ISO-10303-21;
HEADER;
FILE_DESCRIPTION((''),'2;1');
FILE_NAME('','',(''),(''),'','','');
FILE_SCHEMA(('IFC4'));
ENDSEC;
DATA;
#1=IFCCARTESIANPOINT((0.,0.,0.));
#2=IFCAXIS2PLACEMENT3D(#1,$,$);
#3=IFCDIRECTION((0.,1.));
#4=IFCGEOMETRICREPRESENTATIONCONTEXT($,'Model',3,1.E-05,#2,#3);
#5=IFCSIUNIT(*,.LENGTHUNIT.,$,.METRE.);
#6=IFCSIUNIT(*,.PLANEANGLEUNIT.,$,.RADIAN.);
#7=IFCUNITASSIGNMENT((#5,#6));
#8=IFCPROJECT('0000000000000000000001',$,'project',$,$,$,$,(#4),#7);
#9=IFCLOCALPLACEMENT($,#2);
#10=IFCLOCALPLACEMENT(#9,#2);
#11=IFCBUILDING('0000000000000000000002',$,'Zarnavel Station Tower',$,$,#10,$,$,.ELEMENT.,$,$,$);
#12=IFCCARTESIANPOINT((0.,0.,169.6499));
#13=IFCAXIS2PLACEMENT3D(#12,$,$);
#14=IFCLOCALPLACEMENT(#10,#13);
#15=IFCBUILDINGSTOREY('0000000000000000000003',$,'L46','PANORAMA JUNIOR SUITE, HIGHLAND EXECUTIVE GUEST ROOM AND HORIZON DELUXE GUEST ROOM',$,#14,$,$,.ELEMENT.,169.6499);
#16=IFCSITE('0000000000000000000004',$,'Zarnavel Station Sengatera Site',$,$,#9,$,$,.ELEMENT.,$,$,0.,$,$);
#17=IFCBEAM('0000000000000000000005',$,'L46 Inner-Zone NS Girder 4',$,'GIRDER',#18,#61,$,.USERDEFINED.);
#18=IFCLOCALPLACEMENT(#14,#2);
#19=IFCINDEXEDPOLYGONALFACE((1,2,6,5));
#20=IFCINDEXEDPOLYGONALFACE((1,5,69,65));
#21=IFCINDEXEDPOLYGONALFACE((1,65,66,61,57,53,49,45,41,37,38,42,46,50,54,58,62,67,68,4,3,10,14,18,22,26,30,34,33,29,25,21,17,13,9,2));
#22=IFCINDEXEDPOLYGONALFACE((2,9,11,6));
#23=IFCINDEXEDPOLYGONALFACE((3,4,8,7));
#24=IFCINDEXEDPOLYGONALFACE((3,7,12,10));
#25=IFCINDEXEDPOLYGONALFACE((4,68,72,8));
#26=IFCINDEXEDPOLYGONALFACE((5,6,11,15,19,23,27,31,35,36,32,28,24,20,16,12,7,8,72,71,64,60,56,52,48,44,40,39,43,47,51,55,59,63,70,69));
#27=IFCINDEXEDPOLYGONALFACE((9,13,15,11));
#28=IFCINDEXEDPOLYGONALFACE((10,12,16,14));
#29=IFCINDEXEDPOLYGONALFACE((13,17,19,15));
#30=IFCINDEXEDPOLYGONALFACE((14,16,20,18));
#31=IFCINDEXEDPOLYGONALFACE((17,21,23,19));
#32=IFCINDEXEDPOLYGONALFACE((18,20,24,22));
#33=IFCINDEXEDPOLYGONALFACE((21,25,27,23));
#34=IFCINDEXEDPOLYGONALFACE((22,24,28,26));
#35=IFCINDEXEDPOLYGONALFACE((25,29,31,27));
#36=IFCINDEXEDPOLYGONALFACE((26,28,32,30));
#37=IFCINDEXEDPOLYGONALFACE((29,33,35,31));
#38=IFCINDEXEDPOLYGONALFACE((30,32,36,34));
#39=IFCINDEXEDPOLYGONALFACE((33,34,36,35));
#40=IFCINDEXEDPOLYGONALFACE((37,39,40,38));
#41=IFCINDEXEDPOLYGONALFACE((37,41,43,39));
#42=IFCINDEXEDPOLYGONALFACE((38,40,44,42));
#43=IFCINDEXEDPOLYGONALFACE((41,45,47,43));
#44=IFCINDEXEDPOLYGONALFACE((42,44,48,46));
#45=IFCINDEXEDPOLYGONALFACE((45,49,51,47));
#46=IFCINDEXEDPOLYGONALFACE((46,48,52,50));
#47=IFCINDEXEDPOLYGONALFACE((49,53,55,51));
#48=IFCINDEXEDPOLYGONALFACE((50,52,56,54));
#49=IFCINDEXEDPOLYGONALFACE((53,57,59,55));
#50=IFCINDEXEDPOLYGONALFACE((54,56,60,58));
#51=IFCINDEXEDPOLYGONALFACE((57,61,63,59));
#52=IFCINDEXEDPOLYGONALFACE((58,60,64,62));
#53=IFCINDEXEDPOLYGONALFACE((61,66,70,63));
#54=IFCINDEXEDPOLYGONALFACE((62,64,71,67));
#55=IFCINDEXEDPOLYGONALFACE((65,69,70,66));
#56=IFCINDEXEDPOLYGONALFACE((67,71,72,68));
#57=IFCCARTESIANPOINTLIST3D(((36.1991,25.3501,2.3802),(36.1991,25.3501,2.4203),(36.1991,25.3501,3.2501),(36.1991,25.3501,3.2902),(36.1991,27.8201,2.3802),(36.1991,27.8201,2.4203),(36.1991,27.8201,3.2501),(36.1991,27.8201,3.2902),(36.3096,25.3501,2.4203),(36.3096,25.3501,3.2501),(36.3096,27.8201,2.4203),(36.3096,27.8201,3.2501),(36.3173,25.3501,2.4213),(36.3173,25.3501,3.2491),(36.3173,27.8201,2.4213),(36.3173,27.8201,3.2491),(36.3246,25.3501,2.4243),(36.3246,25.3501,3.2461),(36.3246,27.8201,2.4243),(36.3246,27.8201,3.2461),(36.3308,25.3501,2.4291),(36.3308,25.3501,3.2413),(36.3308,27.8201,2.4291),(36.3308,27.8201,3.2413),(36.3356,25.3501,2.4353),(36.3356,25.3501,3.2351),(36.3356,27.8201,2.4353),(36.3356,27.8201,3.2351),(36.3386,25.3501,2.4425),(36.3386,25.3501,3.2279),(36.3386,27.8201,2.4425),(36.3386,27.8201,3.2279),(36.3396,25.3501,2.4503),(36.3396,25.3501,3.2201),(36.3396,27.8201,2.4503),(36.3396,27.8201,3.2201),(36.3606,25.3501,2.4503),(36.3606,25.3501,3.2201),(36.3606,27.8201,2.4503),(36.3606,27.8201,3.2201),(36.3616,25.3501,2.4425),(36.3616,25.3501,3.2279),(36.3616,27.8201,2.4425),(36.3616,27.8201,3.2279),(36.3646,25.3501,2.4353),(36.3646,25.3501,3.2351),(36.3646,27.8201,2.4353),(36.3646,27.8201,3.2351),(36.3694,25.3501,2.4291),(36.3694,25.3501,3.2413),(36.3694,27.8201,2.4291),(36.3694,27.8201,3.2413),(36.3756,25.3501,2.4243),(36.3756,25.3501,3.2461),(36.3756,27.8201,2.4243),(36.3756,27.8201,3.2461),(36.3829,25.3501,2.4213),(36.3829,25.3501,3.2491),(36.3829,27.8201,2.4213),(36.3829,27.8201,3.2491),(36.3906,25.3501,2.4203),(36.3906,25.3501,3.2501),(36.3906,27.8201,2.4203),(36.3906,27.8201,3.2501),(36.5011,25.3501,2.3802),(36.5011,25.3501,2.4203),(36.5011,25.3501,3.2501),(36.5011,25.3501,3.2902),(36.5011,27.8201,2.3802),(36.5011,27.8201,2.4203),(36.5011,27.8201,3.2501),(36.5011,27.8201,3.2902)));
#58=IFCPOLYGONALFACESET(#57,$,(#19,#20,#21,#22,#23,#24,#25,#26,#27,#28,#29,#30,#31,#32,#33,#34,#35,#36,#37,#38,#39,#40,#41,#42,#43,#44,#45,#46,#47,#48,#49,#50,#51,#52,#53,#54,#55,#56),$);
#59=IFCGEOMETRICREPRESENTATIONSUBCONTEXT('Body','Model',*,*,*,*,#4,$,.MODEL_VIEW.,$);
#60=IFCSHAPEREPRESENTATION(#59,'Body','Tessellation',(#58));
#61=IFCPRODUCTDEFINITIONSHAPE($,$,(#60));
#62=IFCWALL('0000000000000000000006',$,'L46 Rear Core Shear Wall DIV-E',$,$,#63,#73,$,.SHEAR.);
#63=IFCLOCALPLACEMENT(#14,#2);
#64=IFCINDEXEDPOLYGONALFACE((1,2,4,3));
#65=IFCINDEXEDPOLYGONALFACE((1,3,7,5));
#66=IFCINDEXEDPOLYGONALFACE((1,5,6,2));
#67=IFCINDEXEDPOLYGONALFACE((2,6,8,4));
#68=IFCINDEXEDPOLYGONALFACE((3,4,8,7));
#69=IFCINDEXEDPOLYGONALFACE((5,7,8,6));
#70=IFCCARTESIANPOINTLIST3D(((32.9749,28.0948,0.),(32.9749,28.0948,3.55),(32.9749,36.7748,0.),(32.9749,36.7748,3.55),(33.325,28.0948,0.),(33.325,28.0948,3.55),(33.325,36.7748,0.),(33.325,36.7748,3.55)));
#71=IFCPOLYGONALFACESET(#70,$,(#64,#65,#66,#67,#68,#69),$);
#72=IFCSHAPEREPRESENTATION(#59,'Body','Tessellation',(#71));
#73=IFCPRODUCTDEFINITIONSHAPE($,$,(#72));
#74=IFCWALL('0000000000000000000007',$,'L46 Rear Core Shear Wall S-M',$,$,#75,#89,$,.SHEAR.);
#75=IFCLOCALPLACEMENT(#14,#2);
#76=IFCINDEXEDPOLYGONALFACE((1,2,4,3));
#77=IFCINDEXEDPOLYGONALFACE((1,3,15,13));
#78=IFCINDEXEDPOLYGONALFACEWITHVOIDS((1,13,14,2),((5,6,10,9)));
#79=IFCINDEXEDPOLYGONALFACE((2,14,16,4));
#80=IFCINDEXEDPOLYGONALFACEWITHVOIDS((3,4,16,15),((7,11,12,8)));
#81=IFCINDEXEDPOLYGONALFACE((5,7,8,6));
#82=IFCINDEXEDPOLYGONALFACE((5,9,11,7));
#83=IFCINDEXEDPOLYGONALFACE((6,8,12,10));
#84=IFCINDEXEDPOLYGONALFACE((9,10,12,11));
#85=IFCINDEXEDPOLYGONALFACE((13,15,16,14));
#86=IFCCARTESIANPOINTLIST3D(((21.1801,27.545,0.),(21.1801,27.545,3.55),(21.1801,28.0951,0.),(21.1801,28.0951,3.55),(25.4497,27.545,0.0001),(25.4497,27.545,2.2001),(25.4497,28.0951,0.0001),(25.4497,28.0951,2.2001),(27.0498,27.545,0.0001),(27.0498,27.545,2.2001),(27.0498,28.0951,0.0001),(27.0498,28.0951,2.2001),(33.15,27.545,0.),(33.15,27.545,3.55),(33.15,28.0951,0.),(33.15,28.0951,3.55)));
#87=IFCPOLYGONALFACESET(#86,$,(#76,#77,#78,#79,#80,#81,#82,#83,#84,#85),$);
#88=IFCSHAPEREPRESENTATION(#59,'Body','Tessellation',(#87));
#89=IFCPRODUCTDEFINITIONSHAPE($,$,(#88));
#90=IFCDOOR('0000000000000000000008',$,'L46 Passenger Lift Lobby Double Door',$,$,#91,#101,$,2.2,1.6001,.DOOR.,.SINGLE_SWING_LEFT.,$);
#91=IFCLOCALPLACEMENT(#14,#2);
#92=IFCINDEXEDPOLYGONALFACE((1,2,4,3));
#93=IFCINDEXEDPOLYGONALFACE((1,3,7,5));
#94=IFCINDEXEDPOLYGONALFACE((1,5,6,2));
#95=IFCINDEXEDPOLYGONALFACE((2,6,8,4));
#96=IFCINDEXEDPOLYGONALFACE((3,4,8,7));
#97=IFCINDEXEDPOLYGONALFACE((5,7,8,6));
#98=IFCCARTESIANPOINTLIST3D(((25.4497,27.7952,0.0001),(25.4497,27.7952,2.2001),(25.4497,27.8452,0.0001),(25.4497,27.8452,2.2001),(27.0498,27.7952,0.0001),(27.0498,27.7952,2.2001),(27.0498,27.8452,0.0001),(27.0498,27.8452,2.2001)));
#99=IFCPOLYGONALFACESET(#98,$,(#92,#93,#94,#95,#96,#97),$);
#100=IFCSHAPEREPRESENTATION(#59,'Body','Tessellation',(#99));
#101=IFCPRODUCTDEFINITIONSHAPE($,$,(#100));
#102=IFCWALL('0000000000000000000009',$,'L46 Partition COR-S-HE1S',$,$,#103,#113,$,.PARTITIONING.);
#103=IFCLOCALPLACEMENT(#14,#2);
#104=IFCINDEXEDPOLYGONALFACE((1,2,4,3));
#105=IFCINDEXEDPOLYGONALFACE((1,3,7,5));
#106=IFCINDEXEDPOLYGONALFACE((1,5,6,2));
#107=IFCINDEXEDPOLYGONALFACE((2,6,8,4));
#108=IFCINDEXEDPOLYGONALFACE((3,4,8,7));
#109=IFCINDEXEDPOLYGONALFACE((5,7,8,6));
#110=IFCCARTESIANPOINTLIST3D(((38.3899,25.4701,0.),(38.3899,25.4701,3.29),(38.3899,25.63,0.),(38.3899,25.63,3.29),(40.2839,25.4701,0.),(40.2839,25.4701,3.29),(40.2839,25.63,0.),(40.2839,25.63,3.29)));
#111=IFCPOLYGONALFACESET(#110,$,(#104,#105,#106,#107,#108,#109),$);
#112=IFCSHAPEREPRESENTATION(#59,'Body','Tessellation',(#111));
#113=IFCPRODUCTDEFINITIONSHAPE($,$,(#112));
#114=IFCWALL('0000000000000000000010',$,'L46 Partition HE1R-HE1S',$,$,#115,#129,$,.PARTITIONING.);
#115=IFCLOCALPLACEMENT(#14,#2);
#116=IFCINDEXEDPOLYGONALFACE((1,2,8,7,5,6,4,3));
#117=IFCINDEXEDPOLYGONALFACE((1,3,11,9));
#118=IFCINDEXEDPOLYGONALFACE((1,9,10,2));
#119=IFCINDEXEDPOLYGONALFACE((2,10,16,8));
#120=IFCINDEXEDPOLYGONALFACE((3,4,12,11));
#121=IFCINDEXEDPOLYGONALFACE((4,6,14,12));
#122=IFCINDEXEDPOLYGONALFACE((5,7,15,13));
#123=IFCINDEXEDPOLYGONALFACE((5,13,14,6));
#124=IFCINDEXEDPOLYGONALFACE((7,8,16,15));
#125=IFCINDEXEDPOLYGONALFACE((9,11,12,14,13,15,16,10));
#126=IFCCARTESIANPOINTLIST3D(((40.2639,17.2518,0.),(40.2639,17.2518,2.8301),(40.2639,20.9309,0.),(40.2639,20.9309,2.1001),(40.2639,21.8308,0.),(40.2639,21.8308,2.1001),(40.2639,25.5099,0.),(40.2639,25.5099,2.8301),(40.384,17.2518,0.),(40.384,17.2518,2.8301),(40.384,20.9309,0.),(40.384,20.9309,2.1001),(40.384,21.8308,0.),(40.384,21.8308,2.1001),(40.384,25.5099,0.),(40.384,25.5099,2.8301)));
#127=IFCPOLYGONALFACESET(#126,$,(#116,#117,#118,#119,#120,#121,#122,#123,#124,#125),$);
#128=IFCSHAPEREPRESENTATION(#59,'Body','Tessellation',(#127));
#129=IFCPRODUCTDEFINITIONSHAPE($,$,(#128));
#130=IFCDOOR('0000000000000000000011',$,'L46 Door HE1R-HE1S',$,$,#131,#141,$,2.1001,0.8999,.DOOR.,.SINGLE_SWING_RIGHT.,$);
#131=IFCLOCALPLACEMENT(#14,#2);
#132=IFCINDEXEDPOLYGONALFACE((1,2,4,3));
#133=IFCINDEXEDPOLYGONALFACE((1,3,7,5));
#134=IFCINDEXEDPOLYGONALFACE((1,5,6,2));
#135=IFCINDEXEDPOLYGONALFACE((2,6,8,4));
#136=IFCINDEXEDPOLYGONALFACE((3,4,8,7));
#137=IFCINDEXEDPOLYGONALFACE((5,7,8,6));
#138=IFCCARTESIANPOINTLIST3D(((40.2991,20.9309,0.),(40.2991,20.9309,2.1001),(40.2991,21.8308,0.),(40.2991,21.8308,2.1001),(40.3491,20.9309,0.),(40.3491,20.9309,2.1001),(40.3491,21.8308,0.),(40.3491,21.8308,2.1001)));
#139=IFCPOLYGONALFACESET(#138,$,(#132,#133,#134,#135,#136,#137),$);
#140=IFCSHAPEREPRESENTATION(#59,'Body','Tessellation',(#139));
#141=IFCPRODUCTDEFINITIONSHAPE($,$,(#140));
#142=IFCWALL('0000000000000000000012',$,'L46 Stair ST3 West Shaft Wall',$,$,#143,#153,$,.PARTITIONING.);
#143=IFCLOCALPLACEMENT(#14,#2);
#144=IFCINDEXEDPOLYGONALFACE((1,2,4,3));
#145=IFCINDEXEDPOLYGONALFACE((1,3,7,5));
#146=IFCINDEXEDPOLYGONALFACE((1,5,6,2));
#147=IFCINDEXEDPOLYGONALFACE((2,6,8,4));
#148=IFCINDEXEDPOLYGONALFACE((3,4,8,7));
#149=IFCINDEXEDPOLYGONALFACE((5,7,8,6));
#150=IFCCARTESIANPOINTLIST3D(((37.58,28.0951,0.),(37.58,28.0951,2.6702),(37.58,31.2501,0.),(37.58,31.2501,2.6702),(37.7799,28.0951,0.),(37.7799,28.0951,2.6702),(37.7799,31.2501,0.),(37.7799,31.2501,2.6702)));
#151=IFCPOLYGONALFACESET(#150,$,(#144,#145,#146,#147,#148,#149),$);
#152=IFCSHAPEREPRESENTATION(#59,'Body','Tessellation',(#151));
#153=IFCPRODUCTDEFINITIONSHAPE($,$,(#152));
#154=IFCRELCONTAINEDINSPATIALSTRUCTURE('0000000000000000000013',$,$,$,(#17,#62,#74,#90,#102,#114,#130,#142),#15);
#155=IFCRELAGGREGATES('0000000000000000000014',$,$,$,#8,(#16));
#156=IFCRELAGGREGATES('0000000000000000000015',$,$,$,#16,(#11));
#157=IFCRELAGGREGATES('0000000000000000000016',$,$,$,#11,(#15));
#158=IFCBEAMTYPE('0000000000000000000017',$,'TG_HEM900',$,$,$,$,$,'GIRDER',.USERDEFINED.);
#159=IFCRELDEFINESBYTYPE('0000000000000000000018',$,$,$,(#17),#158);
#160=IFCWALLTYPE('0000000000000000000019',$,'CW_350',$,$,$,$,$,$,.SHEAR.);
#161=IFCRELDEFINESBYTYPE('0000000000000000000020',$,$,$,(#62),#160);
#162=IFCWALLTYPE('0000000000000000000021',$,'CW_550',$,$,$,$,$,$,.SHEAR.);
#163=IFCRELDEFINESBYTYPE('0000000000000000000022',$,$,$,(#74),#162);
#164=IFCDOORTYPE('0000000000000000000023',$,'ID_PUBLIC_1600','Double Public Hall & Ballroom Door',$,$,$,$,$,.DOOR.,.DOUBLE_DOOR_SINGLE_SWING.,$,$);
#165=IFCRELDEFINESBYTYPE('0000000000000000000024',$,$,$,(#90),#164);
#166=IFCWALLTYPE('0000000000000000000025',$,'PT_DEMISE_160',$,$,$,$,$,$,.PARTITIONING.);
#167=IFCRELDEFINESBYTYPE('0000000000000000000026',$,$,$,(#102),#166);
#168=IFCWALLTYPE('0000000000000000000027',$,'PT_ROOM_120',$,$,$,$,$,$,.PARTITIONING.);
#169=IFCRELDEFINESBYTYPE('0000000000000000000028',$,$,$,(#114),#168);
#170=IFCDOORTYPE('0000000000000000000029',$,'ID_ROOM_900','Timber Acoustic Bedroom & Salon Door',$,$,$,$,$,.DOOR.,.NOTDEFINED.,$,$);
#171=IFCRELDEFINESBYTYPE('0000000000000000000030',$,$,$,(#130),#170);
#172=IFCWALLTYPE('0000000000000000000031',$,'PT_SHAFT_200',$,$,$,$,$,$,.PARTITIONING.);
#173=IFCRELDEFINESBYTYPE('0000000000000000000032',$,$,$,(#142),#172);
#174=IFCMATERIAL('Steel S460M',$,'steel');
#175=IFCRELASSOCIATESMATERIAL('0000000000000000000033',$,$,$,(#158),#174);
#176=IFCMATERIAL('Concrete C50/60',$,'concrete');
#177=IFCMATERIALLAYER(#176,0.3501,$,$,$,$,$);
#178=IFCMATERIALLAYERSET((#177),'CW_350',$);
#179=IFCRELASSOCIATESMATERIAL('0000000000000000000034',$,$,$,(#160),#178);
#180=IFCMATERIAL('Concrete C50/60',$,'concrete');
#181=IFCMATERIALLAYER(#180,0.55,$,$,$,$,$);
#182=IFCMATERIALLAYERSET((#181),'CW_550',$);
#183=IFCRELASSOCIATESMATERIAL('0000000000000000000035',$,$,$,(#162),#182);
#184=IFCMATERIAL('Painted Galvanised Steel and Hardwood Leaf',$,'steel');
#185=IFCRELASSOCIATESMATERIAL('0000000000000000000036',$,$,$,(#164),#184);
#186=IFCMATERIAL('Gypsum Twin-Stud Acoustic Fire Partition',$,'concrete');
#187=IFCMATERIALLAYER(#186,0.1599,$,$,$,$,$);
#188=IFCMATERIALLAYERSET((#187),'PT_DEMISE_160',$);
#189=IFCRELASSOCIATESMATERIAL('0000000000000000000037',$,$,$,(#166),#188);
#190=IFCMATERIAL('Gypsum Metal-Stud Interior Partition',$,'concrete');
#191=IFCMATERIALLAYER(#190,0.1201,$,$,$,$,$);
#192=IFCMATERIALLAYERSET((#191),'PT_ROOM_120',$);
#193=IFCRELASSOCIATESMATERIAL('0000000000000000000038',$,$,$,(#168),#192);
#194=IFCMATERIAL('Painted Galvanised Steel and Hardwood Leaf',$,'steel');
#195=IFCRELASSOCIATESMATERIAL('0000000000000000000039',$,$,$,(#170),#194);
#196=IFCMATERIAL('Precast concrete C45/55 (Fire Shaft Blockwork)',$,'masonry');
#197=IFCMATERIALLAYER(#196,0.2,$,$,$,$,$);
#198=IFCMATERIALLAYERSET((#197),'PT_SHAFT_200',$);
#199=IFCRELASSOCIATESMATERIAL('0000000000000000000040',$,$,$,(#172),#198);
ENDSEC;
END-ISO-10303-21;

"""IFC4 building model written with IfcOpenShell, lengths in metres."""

from ifc_helpers import new_model, si_unit, direction, frame, frame_2d, origin, origin_2d, place, context, subcontext, project, spatial, rectangle, i_section, extrude, material, layer, layer_set, material_profile, profile_set, type_object, element, fill, save


model = new_model("IFC4")

# Units and contexts
model_context = context("Model", 3, precision=1e-05, world=origin(), true_north=direction((0.0, 1.0)))
body_context = subcontext(model_context, "Body", "Model", "MODEL_VIEW")
ifc_project = project(units=[si_unit("LENGTHUNIT", "METRE"), si_unit("PLANEANGLEUNIT", "RADIAN")], contexts=[model_context])

# Site, building, storey
site_placement = place(None, origin())
site = spatial("IfcSite", under=ifc_project, at=site_placement, Name="Zarnavel Station Sengatera Site", CompositionType="ELEMENT", RefElevation=0.0)
building_placement = place(site_placement, origin())
building = spatial("IfcBuilding", under=site, at=building_placement, Name="Zarnavel Station Tower", CompositionType="ELEMENT")
storey_placement = place(building_placement, frame((0.0, 0.0, 169.6499)))
storey = spatial("IfcBuildingStorey", under=building, at=storey_placement, Name="L46", Description="PANORAMA JUNIOR SUITE, HIGHLAND EXECUTIVE GUEST ROOM AND HORIZON DELUXE GUEST ROOM", CompositionType="ELEMENT", Elevation=169.6499)

# Beam
ifc_material_1 = material(Name="Steel S460M", Category="steel")
ifc_material_profile_1 = material_profile(ifc_material_1, i_section(OverallWidth=0.302, OverallDepth=0.9099, WebThickness=0.021, FlangeThickness=0.04, FilletRadius=0.03, at=origin_2d()), Name="HEM900")
ifc_profile_set_1 = profile_set([ifc_material_profile_1], Name="Steel S460M")
beam_type_1 = type_object("IfcBeamType", Name="TG_HEM900", ElementType="GIRDER", PredefinedType="USERDEFINED", material=ifc_profile_set_1)
beam_1_placement = place(storey_placement, frame((36.3501, 25.3501, 2.8352), z_axis=(0.0, 1.0, 0.0), x_axis=(-1.0, 0.0, 0.0)))
element("IfcBeam", 1, at=beam_1_placement, inside=storey, type_object=beam_type_1, Name="L46 Inner-Zone NS Girder 4", ObjectType="GIRDER", PredefinedType="USERDEFINED", context=body_context, shape_type="SweptSolid", body=[
    extrude(i_section(OverallWidth=0.302, OverallDepth=0.9099, WebThickness=0.021, FlangeThickness=0.04, FilletRadius=0.03, at=origin_2d()), origin(), (0.0, 0.0, 1.0), 2.47),
])

# Wall
ifc_material_2 = material(Name="Concrete C50/60", Category="concrete")
ifc_layer_1 = layer(ifc_material_2, 0.3501)
ifc_layer_set_1 = layer_set([ifc_layer_1], Name="CW_350")
wall_type_1 = type_object("IfcWallType", Name="CW_350", PredefinedType="SHEAR", material=ifc_layer_set_1)
wall_1_placement = place(storey_placement, frame((33.1499, 28.095, 0.0), z_axis=(0.0, 0.0, 1.0), x_axis=(0.0, 1.0, 0.0)))
element("IfcWall", 2, at=wall_1_placement, inside=storey, type_object=wall_type_1, Name="L46 Rear Core Shear Wall DIV-E", PredefinedType="SHEAR", context=body_context, shape_type="SweptSolid", body=[
    extrude(rectangle(XDim=8.6799, YDim=0.3501, at=frame_2d((4.3398, 0.0))), origin(), (0.0, 0.0, 1.0), 3.55),
])

# Wall, opening, door
ifc_material_3 = material(Name="Concrete C50/60", Category="concrete")
ifc_layer_2 = layer(ifc_material_3, 0.55)
ifc_layer_set_2 = layer_set([ifc_layer_2], Name="CW_550")
wall_type_2 = type_object("IfcWallType", Name="CW_550", PredefinedType="SHEAR", material=ifc_layer_set_2)
wall_2_placement = place(storey_placement, frame((33.1499, 27.8201, 0.0), z_axis=(0.0, 0.0, 1.0), x_axis=(-1.0, 0.0, 0.0)))
wall_2 = element("IfcWall", 3, at=wall_2_placement, inside=storey, type_object=wall_type_2, Name="L46 Rear Core Shear Wall S-M", PredefinedType="SHEAR", context=body_context, shape_type="SweptSolid", body=[
    extrude(rectangle(XDim=11.97, YDim=0.55, at=frame_2d((5.9849, 0.0))), origin(), (0.0, 0.0, 1.0), 3.55),
])
opening_1_placement = place(wall_2_placement, frame((6.1001, 0.0, 0.0)))
opening_1 = element("IfcOpeningElement", 4, at=opening_1_placement, cuts=wall_2, PredefinedType="OPENING", context=body_context, shape_type="SweptSolid", body=[
    extrude(rectangle(XDim=1.6001, YDim=2.2, at=frame_2d((0.8, 1.1001))), frame((0.0, 0.2849, 0.0), z_axis=(0.0, -1.0, 0.0), x_axis=(1.0, 0.0, 0.0)), (0.0, 0.0, 1.0), 0.5701),
])
ifc_material_4 = material(Name="Painted Galvanised Steel and Hardwood Leaf", Category="steel")
door_type_1 = type_object("IfcDoorType", Name="ID_PUBLIC_1600", Description="Double Public Hall & Ballroom Door", OperationType="DOUBLE_DOOR_SINGLE_SWING", PredefinedType="DOOR", material=ifc_material_4)
door_1_placement = place(opening_1_placement, origin())
door_1 = element("IfcDoor", 5, at=door_1_placement, inside=storey, type_object=door_type_1, Name="L46 Passenger Lift Lobby Double Door", OperationType="SINGLE_SWING_LEFT", OverallHeight=2.2, OverallWidth=1.6001, PredefinedType="DOOR", context=body_context, shape_type="SweptSolid", body=[
    extrude(rectangle(XDim=1.6001, YDim=2.2, at=frame_2d((0.8, 1.1001))), frame((0.0, 0.0249, 0.0), z_axis=(0.0, -1.0, 0.0), x_axis=(1.0, 0.0, 0.0)), (0.0, 0.0, 1.0), 0.05),
])
fill(opening_1, door_1)
ifc_material_5 = material(Name="Gypsum Twin-Stud Acoustic Fire Partition", Category="concrete")
ifc_layer_3 = layer(ifc_material_5, 0.1599)
ifc_layer_set_3 = layer_set([ifc_layer_3], Name="PT_DEMISE_160")
wall_type_3 = type_object("IfcWallType", Name="PT_DEMISE_160", PredefinedType="PARTITIONING", material=ifc_layer_set_3)

# Wall
wall_3_placement = place(storey_placement, frame((38.3899, 25.55, 0.0), z_axis=(0.0, 0.0, 1.0), x_axis=(1.0, 0.0, 0.0)))
element("IfcWall", 6, at=wall_3_placement, inside=storey, type_object=wall_type_3, Name="L46 Partition COR-S-HE1S", PredefinedType="PARTITIONING", context=body_context, shape_type="SweptSolid", body=[
    extrude(rectangle(XDim=1.894, YDim=0.1599, at=frame_2d((0.947, 0.0))), origin(), (0.0, 0.0, 1.0), 3.29),
])

# Wall, opening, door
ifc_material_6 = material(Name="Gypsum Metal-Stud Interior Partition", Category="concrete")
ifc_layer_4 = layer(ifc_material_6, 0.1201)
ifc_layer_set_4 = layer_set([ifc_layer_4], Name="PT_ROOM_120")
wall_type_4 = type_object("IfcWallType", Name="PT_ROOM_120", PredefinedType="PARTITIONING", material=ifc_layer_set_4)
wall_4_placement = place(storey_placement, frame((40.324, 17.252, 0.0), z_axis=(0.0, 0.0, 1.0), x_axis=(0.0, 1.0, 0.0)))
wall_4 = element("IfcWall", 7, at=wall_4_placement, inside=storey, type_object=wall_type_4, Name="L46 Partition HE1R-HE1S", PredefinedType="PARTITIONING", context=body_context, shape_type="SweptSolid", body=[
    extrude(rectangle(XDim=8.2581, YDim=0.1201, at=frame_2d((4.1289, 0.0))), origin(), (0.0, 0.0, 1.0), 2.8301),
])
opening_2_placement = place(wall_4_placement, frame((3.679, 0.0, 0.0)))
opening_2 = element("IfcOpeningElement", 8, at=opening_2_placement, cuts=wall_4, PredefinedType="OPENING", context=body_context, shape_type="SweptSolid", body=[
    extrude(rectangle(XDim=0.8999, YDim=2.1001, at=frame_2d((0.45, 1.05))), frame((0.0, 0.0701, 0.0), z_axis=(0.0, -1.0, 0.0), x_axis=(1.0, 0.0, 0.0)), (0.0, 0.0, 1.0), 0.1401),
])
ifc_material_7 = material(Name="Painted Galvanised Steel and Hardwood Leaf", Category="steel")
door_type_2 = type_object("IfcDoorType", Name="ID_ROOM_900", Description="Timber Acoustic Bedroom & Salon Door", OperationType="NOTDEFINED", PredefinedType="DOOR", material=ifc_material_7)
door_2_placement = place(opening_2_placement, origin())
door_2 = element("IfcDoor", 9, at=door_2_placement, inside=storey, type_object=door_type_2, Name="L46 Door HE1R-HE1S", OperationType="SINGLE_SWING_RIGHT", OverallHeight=2.1001, OverallWidth=0.8999, PredefinedType="DOOR", context=body_context, shape_type="SweptSolid", body=[
    extrude(rectangle(XDim=0.8999, YDim=2.1001, at=frame_2d((0.45, 1.05))), frame((0.0, 0.0249, 0.0), z_axis=(0.0, -1.0, 0.0), x_axis=(1.0, 0.0, 0.0)), (0.0, 0.0, 1.0), 0.05),
])
fill(opening_2, door_2)

# Wall
ifc_material_8 = material(Name="Precast concrete C45/55 (Fire Shaft Blockwork)", Category="masonry")
ifc_layer_5 = layer(ifc_material_8, 0.2)
ifc_layer_set_5 = layer_set([ifc_layer_5], Name="PT_SHAFT_200")
wall_type_5 = type_object("IfcWallType", Name="PT_SHAFT_200", PredefinedType="PARTITIONING", material=ifc_layer_set_5)
wall_5_placement = place(storey_placement, frame((37.6799, 28.095, 0.0), z_axis=(0.0, 0.0, 1.0), x_axis=(0.0, 1.0, 0.0)))
element("IfcWall", 10, at=wall_5_placement, inside=storey, type_object=wall_type_5, Name="L46 Stair ST3 West Shaft Wall", PredefinedType="PARTITIONING", context=body_context, shape_type="SweptSolid", body=[
    extrude(rectangle(XDim=3.155, YDim=0.2, at=frame_2d((1.5776, 0.0))), origin(), (0.0, 0.0, 1.0), 2.6702),
])

save(model, "model.ifc")
